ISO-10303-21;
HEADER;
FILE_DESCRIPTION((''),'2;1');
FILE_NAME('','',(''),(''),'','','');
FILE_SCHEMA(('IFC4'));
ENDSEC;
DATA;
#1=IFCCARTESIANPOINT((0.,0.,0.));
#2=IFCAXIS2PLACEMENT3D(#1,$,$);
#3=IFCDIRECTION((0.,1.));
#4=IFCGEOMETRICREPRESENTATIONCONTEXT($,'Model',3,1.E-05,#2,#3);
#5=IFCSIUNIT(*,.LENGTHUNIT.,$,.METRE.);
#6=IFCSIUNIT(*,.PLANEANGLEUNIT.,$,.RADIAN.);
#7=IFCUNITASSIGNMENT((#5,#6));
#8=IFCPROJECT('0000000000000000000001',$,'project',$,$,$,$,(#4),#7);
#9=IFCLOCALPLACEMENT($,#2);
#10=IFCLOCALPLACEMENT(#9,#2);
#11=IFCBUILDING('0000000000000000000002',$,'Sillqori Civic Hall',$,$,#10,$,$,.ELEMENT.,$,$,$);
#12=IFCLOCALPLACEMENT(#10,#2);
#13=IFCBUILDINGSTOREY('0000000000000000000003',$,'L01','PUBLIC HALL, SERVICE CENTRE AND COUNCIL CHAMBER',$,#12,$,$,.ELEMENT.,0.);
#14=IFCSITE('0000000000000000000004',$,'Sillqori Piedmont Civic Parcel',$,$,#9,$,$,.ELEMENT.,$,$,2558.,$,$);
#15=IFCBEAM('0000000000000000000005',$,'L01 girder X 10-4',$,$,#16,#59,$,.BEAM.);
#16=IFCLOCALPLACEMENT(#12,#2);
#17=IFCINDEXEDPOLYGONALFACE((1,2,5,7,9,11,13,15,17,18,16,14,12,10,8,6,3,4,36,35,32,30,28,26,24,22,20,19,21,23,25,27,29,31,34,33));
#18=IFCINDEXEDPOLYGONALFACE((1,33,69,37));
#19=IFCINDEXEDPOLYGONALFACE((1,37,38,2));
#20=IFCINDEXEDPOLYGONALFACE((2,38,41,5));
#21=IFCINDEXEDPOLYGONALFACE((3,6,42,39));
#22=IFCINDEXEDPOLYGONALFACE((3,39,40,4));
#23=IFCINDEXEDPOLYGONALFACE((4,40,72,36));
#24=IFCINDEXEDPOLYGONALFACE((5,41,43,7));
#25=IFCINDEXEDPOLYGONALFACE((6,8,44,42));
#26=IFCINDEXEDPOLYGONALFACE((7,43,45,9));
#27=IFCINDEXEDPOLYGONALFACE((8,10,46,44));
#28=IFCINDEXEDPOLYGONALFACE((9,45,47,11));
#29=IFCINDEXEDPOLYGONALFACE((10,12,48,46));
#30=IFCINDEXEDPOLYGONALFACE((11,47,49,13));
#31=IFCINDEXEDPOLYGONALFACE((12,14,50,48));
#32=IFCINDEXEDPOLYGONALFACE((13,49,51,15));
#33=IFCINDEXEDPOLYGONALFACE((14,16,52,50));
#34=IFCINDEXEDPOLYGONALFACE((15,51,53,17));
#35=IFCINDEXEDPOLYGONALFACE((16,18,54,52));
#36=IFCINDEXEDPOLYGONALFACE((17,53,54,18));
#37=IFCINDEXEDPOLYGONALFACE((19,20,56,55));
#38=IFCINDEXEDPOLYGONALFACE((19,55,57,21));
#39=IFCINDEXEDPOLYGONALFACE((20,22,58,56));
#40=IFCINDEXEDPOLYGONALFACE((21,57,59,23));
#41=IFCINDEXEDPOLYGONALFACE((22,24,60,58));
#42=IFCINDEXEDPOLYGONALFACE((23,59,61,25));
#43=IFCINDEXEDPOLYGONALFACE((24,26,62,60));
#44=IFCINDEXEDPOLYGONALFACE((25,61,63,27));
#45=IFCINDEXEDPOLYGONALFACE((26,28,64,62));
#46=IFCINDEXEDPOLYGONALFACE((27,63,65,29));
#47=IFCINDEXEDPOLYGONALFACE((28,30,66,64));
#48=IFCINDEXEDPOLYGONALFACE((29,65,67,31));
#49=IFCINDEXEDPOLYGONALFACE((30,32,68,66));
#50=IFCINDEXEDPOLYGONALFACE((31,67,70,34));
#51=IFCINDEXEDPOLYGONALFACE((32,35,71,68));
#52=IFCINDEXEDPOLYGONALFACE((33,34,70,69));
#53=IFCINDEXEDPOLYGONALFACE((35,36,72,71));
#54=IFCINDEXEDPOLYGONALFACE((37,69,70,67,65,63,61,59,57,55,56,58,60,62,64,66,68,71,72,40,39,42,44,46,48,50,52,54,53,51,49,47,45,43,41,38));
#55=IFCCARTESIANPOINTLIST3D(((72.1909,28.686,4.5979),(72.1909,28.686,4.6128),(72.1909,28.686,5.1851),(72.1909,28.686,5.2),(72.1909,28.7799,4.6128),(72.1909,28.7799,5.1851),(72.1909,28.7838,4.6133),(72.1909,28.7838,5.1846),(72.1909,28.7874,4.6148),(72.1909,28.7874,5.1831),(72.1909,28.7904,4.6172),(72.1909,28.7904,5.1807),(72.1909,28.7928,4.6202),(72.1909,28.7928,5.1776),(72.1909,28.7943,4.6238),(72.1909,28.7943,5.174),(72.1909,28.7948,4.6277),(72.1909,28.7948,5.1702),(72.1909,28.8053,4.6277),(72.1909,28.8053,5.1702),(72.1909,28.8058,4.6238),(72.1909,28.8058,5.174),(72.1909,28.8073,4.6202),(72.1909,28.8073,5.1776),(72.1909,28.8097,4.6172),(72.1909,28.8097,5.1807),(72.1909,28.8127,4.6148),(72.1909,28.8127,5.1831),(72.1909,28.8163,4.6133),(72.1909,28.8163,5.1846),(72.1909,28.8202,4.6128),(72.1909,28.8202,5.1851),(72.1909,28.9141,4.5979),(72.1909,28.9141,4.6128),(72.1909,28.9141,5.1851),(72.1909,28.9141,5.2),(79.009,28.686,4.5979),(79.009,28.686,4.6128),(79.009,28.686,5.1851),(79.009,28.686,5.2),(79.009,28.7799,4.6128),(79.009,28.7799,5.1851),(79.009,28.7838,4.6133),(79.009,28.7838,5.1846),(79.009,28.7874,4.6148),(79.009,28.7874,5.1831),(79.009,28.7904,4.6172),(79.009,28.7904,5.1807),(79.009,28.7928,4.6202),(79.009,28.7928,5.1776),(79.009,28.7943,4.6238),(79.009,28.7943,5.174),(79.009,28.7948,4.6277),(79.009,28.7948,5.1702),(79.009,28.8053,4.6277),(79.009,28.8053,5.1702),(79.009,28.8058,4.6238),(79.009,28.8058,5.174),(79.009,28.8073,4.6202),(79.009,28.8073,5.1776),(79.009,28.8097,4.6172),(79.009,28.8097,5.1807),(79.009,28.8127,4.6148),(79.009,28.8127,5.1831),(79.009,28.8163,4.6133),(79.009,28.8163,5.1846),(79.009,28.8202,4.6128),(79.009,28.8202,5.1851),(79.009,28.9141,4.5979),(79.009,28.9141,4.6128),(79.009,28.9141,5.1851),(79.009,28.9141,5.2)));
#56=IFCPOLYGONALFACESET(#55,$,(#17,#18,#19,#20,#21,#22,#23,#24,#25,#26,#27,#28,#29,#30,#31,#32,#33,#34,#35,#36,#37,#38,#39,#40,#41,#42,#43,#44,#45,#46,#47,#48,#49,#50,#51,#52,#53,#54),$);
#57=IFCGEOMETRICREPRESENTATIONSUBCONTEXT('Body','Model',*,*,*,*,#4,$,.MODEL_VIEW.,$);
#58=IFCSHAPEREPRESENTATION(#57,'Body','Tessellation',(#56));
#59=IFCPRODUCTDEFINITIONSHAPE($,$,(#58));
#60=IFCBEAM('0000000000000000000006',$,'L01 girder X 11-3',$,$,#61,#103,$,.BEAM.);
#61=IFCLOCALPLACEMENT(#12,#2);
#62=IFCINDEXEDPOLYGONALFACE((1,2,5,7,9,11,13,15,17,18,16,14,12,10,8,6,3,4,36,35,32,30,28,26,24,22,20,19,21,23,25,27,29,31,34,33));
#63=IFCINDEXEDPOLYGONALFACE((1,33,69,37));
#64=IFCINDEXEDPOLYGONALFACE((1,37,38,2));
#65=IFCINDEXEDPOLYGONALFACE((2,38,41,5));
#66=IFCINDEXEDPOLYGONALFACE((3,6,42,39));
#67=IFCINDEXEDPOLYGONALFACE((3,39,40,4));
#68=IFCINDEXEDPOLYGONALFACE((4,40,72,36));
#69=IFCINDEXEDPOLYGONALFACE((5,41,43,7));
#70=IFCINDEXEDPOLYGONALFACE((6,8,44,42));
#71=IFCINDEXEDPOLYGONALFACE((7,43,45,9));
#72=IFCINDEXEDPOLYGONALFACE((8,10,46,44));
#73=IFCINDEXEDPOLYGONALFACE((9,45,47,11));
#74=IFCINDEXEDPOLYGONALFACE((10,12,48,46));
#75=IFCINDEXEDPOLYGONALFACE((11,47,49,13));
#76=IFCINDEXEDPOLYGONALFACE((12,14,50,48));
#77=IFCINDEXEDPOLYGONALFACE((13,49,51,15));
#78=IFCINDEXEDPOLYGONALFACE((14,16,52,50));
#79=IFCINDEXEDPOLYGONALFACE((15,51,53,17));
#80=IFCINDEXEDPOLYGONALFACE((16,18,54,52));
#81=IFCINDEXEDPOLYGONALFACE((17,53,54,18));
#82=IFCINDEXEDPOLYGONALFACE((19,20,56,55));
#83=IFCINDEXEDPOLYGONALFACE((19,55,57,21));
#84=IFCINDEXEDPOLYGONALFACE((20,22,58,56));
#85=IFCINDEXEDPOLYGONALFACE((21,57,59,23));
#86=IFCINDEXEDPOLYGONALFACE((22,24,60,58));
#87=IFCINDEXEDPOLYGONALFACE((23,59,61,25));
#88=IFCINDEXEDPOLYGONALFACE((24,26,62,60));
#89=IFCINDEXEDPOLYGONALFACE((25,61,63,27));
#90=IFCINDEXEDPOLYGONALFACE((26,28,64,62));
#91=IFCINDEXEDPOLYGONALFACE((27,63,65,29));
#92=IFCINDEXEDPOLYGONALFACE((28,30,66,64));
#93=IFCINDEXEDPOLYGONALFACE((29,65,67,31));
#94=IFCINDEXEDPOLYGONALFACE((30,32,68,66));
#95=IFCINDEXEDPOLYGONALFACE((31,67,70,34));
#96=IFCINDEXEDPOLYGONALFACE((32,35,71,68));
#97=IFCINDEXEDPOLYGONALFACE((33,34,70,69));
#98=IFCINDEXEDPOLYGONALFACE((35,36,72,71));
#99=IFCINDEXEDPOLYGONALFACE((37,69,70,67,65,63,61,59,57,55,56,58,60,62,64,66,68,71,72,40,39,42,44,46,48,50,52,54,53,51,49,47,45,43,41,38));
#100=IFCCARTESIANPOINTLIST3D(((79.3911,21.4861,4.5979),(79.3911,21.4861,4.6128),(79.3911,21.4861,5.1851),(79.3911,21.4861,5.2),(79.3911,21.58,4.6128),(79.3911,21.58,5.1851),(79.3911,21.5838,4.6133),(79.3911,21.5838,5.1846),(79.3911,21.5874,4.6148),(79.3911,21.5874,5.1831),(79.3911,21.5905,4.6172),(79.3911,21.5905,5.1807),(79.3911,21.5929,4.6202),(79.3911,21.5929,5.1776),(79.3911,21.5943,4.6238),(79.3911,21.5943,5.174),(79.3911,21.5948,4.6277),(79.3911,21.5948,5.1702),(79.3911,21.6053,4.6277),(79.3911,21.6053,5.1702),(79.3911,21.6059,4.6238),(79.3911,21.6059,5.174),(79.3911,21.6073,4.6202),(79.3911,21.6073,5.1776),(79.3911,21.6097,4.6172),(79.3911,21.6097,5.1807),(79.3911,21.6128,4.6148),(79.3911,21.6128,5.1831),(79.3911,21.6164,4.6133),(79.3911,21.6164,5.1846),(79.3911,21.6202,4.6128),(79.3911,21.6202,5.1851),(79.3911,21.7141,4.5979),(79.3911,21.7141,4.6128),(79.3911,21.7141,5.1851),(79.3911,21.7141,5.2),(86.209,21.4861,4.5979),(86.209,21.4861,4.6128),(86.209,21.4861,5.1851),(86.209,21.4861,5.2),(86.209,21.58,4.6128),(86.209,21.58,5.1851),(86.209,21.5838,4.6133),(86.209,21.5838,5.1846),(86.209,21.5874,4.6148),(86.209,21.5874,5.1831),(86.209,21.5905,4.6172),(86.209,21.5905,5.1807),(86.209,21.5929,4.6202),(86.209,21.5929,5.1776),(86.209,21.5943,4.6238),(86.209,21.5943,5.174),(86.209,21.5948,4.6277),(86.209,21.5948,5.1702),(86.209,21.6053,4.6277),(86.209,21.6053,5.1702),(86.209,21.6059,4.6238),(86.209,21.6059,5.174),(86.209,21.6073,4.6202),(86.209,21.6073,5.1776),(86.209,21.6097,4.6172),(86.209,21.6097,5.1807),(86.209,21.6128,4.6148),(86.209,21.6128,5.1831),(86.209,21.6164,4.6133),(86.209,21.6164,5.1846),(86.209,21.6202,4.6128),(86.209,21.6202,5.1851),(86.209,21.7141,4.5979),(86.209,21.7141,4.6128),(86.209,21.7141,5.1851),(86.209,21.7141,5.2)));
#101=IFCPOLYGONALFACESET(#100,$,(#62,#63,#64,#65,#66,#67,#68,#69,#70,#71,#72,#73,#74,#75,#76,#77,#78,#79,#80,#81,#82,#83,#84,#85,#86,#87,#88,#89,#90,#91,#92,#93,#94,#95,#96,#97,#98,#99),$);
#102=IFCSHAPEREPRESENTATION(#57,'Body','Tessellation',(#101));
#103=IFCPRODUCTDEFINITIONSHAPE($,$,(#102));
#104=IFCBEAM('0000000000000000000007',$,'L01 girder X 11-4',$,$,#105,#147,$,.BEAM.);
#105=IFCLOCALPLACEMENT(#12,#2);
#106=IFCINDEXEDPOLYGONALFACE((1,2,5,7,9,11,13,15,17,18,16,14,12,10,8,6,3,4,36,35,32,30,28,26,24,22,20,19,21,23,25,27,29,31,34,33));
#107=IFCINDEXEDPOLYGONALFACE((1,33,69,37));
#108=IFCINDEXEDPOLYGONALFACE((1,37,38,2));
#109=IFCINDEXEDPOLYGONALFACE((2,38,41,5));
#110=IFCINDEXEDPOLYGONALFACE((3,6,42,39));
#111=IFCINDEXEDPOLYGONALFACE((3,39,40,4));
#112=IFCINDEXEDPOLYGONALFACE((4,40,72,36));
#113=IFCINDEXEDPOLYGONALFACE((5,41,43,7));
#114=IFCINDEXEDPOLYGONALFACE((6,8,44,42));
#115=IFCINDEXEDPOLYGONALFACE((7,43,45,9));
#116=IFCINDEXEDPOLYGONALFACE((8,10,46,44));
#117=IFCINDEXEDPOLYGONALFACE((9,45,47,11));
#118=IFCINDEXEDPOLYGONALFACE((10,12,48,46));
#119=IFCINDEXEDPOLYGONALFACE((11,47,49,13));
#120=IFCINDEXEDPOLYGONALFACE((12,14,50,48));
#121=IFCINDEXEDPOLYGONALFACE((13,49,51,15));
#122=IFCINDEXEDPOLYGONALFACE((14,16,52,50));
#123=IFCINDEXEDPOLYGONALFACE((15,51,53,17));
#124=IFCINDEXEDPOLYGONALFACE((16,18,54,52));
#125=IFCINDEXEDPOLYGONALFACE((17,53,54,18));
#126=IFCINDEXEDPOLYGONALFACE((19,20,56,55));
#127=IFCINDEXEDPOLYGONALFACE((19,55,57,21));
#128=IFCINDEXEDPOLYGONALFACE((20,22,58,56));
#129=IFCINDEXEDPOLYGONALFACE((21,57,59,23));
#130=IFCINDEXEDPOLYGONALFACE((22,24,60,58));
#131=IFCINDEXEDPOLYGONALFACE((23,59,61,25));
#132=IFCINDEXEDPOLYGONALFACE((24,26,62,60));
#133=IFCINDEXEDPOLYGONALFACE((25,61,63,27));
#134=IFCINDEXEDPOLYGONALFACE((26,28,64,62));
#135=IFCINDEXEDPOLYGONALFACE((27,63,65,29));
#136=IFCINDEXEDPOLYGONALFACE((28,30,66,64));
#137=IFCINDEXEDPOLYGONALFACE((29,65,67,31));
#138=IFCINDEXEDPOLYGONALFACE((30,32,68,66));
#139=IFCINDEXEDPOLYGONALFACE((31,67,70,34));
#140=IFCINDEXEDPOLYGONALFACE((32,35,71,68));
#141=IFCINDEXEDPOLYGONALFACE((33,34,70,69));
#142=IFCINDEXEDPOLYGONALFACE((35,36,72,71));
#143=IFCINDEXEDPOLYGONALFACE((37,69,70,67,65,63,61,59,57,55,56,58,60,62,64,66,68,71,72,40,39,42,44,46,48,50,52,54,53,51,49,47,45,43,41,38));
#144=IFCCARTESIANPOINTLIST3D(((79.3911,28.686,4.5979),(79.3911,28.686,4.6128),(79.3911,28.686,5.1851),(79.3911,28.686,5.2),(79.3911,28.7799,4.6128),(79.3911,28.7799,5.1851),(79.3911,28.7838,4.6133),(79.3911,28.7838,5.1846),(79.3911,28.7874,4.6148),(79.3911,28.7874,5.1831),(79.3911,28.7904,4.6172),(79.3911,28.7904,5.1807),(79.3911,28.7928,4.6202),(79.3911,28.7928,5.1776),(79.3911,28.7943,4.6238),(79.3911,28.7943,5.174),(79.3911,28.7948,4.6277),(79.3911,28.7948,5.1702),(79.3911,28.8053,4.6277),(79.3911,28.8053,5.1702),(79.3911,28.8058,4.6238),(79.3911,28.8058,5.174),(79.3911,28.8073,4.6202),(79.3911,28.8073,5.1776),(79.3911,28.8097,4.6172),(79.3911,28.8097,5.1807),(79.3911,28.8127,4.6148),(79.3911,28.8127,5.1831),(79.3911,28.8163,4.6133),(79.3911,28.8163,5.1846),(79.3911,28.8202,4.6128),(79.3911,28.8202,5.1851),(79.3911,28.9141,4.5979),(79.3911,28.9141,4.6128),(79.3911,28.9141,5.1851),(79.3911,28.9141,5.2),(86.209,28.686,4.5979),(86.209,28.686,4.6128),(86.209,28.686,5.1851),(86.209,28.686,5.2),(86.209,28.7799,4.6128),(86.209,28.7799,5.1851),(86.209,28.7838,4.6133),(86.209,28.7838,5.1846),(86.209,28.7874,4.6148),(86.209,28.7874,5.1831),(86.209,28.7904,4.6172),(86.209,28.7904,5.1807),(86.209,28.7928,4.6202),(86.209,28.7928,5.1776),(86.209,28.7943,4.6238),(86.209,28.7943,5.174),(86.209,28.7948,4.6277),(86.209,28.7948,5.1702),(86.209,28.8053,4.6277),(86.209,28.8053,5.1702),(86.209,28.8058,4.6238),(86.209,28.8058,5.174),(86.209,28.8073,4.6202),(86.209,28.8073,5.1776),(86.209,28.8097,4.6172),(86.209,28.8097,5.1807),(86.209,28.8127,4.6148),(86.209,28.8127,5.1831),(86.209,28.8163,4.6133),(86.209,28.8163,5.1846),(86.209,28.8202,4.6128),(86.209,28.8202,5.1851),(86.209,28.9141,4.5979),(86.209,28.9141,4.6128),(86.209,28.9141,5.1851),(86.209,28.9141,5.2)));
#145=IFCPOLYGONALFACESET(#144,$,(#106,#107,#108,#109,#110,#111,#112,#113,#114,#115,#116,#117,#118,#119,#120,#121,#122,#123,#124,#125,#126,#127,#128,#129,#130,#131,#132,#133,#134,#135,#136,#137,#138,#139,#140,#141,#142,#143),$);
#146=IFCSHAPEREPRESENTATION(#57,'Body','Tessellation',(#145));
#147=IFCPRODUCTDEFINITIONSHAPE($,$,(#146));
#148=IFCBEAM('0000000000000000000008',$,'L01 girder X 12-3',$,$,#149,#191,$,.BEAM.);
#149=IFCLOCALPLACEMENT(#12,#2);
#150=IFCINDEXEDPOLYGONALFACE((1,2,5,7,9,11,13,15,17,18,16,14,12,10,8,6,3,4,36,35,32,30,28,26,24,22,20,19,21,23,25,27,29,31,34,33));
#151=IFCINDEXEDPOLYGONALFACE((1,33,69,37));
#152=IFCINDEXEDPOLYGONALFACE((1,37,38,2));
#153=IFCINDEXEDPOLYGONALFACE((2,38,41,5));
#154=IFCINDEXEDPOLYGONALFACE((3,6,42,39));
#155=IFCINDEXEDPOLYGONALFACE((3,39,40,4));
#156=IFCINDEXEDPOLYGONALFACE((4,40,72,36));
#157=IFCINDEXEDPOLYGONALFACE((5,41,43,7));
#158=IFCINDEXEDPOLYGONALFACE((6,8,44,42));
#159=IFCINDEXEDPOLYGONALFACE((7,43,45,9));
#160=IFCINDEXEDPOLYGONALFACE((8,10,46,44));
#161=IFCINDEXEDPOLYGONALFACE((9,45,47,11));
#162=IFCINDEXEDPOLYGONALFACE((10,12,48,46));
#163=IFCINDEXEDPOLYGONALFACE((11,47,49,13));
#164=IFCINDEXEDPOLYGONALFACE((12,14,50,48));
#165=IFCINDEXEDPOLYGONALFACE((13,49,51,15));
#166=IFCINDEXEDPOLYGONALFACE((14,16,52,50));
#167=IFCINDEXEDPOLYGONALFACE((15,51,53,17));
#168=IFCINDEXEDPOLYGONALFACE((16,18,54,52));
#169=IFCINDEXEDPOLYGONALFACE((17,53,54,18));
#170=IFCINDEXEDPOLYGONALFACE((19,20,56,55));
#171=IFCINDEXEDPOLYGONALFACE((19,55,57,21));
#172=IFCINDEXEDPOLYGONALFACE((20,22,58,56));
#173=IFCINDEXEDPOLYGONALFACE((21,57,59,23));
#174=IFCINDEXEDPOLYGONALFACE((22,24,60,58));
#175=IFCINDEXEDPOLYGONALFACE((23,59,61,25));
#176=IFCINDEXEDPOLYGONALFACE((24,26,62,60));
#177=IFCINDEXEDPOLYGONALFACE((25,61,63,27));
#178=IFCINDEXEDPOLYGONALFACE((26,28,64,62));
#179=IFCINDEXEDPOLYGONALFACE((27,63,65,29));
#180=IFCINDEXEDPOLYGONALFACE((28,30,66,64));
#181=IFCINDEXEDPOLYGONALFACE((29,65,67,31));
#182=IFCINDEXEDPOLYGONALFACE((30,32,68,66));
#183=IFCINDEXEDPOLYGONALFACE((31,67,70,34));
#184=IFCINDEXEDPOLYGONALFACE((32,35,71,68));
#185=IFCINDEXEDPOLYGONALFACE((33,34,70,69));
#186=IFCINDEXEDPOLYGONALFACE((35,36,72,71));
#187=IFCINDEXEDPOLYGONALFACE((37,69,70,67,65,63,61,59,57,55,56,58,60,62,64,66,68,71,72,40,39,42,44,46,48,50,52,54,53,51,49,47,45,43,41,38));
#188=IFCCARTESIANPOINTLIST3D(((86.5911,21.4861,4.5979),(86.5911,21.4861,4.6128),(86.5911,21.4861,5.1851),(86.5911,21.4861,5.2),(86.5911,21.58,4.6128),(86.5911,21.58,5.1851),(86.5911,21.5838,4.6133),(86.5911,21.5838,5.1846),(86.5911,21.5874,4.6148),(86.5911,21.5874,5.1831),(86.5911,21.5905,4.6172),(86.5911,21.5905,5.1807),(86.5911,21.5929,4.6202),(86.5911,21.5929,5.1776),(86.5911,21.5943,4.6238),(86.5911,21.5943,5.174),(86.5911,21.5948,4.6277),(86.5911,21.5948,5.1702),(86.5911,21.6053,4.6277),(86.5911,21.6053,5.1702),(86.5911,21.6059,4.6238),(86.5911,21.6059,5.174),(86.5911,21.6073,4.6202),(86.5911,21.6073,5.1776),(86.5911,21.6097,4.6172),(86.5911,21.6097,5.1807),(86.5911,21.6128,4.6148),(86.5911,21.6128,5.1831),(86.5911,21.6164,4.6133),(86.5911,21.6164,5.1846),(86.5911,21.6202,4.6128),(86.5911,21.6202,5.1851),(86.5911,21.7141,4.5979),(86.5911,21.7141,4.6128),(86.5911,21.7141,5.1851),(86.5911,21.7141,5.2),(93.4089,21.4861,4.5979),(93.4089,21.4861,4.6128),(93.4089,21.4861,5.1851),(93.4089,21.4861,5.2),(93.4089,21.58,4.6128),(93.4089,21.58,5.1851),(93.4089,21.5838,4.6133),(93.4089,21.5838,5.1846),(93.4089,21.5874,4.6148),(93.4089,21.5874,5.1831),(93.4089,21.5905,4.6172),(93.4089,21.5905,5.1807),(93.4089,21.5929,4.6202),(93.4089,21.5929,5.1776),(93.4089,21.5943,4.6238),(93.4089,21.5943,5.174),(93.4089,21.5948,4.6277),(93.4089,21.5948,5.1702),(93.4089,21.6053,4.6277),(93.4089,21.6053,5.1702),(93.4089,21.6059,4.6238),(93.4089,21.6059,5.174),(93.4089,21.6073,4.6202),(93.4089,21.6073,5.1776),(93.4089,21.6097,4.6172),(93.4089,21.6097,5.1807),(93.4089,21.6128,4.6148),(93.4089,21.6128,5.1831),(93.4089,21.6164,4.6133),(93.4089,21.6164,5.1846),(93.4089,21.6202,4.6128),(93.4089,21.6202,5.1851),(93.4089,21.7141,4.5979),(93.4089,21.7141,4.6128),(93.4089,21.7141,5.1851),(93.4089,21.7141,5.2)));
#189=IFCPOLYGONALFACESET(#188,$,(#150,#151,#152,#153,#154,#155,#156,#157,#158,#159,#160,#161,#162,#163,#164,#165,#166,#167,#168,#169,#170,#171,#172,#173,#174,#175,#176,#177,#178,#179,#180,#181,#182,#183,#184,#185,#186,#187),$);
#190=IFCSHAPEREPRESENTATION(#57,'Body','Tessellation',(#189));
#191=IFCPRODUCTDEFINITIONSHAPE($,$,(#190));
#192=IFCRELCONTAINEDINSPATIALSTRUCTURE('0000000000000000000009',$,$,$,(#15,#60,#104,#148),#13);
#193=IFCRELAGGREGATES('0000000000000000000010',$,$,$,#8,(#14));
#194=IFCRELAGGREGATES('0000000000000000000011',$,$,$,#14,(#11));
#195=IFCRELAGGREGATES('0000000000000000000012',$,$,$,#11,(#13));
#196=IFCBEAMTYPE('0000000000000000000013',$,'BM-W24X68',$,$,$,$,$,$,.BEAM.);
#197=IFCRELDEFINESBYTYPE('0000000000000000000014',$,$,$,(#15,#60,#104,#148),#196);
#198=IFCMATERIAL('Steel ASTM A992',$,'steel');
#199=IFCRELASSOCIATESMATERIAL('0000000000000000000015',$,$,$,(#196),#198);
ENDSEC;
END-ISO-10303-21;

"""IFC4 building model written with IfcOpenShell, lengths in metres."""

from ifc_helpers import new_model, si_unit, direction, frame, origin, origin_2d, place, context, subcontext, project, spatial, i_section, extrude, material, material_profile, profile_set, type_object, element, save


model = new_model("IFC4")

# Units and contexts
model_context = context("Model", 3, precision=1e-05, world=origin(), true_north=direction((0.0, 1.0)))
body_context = subcontext(model_context, "Body", "Model", "MODEL_VIEW")
ifc_project = project(units=[si_unit("LENGTHUNIT", "METRE"), si_unit("PLANEANGLEUNIT", "RADIAN")], contexts=[model_context])

# Site, building, storey
site_placement = place(None, origin())
site = spatial("IfcSite", under=ifc_project, at=site_placement, Name="Sillqori Piedmont Civic Parcel", CompositionType="ELEMENT", RefElevation=2558.0)
building_placement = place(site_placement, origin())
building = spatial("IfcBuilding", under=site, at=building_placement, Name="Sillqori Civic Hall", CompositionType="ELEMENT")
storey_placement = place(building_placement, origin())
storey = spatial("IfcBuildingStorey", under=building, at=storey_placement, Name="L01", Description="PUBLIC HALL, SERVICE CENTRE AND COUNCIL CHAMBER", CompositionType="ELEMENT", Elevation=0.0)

# Shared definitions
ifc_material_1 = material(Name="Steel ASTM A992", Category="steel")

# Beams
ifc_material_profile_1 = material_profile(ifc_material_1, i_section(OverallWidth=0.228, OverallDepth=0.6021, WebThickness=0.0105, FlangeThickness=0.0149, FilletRadius=0.0149, at=origin_2d()), Name="W24X68")
ifc_profile_set_1 = profile_set([ifc_material_profile_1], Name="Steel ASTM A992")
beam_type_1 = type_object("IfcBeamType", Name="BM-W24X68", PredefinedType="BEAM", material=ifc_profile_set_1)
for number, where, z_axis, x_axis, name in (
    (1, (72.1909, 28.8, 4.8989), (1.0, 0.0, 0.0), (0.0, 1.0, 0.0), "L01 girder X 10-4"),
):
    element("IfcBeam", number, at=place(storey_placement, frame(where, z_axis=z_axis, x_axis=x_axis)), inside=storey, type_object=beam_type_1, Name=name, PredefinedType="BEAM", context=body_context, shape_type="SweptSolid", body=[
        extrude(i_section(OverallWidth=0.228, OverallDepth=0.6021, WebThickness=0.0105, FlangeThickness=0.0149, FilletRadius=0.0149, at=origin_2d()), origin(), (0.0, 0.0, 1.0), 6.8181),
    ])
for number, where, z_axis, x_axis, name in (
    (2, (79.3911, 21.6001, 4.8989), (1.0, 0.0, 0.0), (0.0, 1.0, 0.0), "L01 girder X 11-3"),
    (3, (79.3911, 28.8, 4.8989), (1.0, 0.0, 0.0), (0.0, 1.0, 0.0), "L01 girder X 11-4"),
    (4, (86.5911, 21.6001, 4.8989), (1.0, 0.0, 0.0), (0.0, 1.0, 0.0), "L01 girder X 12-3"),
):
    element("IfcBeam", number, at=place(storey_placement, frame(where, z_axis=z_axis, x_axis=x_axis)), inside=storey, type_object=beam_type_1, Name=name, PredefinedType="BEAM", context=body_context, shape_type="SweptSolid", body=[
        extrude(i_section(OverallWidth=0.228, OverallDepth=0.6021, WebThickness=0.0105, FlangeThickness=0.0149, FilletRadius=0.0149, at=origin_2d()), origin(), (0.0, 0.0, 1.0), 6.8179),
    ])

save(model, "model.ifc")
